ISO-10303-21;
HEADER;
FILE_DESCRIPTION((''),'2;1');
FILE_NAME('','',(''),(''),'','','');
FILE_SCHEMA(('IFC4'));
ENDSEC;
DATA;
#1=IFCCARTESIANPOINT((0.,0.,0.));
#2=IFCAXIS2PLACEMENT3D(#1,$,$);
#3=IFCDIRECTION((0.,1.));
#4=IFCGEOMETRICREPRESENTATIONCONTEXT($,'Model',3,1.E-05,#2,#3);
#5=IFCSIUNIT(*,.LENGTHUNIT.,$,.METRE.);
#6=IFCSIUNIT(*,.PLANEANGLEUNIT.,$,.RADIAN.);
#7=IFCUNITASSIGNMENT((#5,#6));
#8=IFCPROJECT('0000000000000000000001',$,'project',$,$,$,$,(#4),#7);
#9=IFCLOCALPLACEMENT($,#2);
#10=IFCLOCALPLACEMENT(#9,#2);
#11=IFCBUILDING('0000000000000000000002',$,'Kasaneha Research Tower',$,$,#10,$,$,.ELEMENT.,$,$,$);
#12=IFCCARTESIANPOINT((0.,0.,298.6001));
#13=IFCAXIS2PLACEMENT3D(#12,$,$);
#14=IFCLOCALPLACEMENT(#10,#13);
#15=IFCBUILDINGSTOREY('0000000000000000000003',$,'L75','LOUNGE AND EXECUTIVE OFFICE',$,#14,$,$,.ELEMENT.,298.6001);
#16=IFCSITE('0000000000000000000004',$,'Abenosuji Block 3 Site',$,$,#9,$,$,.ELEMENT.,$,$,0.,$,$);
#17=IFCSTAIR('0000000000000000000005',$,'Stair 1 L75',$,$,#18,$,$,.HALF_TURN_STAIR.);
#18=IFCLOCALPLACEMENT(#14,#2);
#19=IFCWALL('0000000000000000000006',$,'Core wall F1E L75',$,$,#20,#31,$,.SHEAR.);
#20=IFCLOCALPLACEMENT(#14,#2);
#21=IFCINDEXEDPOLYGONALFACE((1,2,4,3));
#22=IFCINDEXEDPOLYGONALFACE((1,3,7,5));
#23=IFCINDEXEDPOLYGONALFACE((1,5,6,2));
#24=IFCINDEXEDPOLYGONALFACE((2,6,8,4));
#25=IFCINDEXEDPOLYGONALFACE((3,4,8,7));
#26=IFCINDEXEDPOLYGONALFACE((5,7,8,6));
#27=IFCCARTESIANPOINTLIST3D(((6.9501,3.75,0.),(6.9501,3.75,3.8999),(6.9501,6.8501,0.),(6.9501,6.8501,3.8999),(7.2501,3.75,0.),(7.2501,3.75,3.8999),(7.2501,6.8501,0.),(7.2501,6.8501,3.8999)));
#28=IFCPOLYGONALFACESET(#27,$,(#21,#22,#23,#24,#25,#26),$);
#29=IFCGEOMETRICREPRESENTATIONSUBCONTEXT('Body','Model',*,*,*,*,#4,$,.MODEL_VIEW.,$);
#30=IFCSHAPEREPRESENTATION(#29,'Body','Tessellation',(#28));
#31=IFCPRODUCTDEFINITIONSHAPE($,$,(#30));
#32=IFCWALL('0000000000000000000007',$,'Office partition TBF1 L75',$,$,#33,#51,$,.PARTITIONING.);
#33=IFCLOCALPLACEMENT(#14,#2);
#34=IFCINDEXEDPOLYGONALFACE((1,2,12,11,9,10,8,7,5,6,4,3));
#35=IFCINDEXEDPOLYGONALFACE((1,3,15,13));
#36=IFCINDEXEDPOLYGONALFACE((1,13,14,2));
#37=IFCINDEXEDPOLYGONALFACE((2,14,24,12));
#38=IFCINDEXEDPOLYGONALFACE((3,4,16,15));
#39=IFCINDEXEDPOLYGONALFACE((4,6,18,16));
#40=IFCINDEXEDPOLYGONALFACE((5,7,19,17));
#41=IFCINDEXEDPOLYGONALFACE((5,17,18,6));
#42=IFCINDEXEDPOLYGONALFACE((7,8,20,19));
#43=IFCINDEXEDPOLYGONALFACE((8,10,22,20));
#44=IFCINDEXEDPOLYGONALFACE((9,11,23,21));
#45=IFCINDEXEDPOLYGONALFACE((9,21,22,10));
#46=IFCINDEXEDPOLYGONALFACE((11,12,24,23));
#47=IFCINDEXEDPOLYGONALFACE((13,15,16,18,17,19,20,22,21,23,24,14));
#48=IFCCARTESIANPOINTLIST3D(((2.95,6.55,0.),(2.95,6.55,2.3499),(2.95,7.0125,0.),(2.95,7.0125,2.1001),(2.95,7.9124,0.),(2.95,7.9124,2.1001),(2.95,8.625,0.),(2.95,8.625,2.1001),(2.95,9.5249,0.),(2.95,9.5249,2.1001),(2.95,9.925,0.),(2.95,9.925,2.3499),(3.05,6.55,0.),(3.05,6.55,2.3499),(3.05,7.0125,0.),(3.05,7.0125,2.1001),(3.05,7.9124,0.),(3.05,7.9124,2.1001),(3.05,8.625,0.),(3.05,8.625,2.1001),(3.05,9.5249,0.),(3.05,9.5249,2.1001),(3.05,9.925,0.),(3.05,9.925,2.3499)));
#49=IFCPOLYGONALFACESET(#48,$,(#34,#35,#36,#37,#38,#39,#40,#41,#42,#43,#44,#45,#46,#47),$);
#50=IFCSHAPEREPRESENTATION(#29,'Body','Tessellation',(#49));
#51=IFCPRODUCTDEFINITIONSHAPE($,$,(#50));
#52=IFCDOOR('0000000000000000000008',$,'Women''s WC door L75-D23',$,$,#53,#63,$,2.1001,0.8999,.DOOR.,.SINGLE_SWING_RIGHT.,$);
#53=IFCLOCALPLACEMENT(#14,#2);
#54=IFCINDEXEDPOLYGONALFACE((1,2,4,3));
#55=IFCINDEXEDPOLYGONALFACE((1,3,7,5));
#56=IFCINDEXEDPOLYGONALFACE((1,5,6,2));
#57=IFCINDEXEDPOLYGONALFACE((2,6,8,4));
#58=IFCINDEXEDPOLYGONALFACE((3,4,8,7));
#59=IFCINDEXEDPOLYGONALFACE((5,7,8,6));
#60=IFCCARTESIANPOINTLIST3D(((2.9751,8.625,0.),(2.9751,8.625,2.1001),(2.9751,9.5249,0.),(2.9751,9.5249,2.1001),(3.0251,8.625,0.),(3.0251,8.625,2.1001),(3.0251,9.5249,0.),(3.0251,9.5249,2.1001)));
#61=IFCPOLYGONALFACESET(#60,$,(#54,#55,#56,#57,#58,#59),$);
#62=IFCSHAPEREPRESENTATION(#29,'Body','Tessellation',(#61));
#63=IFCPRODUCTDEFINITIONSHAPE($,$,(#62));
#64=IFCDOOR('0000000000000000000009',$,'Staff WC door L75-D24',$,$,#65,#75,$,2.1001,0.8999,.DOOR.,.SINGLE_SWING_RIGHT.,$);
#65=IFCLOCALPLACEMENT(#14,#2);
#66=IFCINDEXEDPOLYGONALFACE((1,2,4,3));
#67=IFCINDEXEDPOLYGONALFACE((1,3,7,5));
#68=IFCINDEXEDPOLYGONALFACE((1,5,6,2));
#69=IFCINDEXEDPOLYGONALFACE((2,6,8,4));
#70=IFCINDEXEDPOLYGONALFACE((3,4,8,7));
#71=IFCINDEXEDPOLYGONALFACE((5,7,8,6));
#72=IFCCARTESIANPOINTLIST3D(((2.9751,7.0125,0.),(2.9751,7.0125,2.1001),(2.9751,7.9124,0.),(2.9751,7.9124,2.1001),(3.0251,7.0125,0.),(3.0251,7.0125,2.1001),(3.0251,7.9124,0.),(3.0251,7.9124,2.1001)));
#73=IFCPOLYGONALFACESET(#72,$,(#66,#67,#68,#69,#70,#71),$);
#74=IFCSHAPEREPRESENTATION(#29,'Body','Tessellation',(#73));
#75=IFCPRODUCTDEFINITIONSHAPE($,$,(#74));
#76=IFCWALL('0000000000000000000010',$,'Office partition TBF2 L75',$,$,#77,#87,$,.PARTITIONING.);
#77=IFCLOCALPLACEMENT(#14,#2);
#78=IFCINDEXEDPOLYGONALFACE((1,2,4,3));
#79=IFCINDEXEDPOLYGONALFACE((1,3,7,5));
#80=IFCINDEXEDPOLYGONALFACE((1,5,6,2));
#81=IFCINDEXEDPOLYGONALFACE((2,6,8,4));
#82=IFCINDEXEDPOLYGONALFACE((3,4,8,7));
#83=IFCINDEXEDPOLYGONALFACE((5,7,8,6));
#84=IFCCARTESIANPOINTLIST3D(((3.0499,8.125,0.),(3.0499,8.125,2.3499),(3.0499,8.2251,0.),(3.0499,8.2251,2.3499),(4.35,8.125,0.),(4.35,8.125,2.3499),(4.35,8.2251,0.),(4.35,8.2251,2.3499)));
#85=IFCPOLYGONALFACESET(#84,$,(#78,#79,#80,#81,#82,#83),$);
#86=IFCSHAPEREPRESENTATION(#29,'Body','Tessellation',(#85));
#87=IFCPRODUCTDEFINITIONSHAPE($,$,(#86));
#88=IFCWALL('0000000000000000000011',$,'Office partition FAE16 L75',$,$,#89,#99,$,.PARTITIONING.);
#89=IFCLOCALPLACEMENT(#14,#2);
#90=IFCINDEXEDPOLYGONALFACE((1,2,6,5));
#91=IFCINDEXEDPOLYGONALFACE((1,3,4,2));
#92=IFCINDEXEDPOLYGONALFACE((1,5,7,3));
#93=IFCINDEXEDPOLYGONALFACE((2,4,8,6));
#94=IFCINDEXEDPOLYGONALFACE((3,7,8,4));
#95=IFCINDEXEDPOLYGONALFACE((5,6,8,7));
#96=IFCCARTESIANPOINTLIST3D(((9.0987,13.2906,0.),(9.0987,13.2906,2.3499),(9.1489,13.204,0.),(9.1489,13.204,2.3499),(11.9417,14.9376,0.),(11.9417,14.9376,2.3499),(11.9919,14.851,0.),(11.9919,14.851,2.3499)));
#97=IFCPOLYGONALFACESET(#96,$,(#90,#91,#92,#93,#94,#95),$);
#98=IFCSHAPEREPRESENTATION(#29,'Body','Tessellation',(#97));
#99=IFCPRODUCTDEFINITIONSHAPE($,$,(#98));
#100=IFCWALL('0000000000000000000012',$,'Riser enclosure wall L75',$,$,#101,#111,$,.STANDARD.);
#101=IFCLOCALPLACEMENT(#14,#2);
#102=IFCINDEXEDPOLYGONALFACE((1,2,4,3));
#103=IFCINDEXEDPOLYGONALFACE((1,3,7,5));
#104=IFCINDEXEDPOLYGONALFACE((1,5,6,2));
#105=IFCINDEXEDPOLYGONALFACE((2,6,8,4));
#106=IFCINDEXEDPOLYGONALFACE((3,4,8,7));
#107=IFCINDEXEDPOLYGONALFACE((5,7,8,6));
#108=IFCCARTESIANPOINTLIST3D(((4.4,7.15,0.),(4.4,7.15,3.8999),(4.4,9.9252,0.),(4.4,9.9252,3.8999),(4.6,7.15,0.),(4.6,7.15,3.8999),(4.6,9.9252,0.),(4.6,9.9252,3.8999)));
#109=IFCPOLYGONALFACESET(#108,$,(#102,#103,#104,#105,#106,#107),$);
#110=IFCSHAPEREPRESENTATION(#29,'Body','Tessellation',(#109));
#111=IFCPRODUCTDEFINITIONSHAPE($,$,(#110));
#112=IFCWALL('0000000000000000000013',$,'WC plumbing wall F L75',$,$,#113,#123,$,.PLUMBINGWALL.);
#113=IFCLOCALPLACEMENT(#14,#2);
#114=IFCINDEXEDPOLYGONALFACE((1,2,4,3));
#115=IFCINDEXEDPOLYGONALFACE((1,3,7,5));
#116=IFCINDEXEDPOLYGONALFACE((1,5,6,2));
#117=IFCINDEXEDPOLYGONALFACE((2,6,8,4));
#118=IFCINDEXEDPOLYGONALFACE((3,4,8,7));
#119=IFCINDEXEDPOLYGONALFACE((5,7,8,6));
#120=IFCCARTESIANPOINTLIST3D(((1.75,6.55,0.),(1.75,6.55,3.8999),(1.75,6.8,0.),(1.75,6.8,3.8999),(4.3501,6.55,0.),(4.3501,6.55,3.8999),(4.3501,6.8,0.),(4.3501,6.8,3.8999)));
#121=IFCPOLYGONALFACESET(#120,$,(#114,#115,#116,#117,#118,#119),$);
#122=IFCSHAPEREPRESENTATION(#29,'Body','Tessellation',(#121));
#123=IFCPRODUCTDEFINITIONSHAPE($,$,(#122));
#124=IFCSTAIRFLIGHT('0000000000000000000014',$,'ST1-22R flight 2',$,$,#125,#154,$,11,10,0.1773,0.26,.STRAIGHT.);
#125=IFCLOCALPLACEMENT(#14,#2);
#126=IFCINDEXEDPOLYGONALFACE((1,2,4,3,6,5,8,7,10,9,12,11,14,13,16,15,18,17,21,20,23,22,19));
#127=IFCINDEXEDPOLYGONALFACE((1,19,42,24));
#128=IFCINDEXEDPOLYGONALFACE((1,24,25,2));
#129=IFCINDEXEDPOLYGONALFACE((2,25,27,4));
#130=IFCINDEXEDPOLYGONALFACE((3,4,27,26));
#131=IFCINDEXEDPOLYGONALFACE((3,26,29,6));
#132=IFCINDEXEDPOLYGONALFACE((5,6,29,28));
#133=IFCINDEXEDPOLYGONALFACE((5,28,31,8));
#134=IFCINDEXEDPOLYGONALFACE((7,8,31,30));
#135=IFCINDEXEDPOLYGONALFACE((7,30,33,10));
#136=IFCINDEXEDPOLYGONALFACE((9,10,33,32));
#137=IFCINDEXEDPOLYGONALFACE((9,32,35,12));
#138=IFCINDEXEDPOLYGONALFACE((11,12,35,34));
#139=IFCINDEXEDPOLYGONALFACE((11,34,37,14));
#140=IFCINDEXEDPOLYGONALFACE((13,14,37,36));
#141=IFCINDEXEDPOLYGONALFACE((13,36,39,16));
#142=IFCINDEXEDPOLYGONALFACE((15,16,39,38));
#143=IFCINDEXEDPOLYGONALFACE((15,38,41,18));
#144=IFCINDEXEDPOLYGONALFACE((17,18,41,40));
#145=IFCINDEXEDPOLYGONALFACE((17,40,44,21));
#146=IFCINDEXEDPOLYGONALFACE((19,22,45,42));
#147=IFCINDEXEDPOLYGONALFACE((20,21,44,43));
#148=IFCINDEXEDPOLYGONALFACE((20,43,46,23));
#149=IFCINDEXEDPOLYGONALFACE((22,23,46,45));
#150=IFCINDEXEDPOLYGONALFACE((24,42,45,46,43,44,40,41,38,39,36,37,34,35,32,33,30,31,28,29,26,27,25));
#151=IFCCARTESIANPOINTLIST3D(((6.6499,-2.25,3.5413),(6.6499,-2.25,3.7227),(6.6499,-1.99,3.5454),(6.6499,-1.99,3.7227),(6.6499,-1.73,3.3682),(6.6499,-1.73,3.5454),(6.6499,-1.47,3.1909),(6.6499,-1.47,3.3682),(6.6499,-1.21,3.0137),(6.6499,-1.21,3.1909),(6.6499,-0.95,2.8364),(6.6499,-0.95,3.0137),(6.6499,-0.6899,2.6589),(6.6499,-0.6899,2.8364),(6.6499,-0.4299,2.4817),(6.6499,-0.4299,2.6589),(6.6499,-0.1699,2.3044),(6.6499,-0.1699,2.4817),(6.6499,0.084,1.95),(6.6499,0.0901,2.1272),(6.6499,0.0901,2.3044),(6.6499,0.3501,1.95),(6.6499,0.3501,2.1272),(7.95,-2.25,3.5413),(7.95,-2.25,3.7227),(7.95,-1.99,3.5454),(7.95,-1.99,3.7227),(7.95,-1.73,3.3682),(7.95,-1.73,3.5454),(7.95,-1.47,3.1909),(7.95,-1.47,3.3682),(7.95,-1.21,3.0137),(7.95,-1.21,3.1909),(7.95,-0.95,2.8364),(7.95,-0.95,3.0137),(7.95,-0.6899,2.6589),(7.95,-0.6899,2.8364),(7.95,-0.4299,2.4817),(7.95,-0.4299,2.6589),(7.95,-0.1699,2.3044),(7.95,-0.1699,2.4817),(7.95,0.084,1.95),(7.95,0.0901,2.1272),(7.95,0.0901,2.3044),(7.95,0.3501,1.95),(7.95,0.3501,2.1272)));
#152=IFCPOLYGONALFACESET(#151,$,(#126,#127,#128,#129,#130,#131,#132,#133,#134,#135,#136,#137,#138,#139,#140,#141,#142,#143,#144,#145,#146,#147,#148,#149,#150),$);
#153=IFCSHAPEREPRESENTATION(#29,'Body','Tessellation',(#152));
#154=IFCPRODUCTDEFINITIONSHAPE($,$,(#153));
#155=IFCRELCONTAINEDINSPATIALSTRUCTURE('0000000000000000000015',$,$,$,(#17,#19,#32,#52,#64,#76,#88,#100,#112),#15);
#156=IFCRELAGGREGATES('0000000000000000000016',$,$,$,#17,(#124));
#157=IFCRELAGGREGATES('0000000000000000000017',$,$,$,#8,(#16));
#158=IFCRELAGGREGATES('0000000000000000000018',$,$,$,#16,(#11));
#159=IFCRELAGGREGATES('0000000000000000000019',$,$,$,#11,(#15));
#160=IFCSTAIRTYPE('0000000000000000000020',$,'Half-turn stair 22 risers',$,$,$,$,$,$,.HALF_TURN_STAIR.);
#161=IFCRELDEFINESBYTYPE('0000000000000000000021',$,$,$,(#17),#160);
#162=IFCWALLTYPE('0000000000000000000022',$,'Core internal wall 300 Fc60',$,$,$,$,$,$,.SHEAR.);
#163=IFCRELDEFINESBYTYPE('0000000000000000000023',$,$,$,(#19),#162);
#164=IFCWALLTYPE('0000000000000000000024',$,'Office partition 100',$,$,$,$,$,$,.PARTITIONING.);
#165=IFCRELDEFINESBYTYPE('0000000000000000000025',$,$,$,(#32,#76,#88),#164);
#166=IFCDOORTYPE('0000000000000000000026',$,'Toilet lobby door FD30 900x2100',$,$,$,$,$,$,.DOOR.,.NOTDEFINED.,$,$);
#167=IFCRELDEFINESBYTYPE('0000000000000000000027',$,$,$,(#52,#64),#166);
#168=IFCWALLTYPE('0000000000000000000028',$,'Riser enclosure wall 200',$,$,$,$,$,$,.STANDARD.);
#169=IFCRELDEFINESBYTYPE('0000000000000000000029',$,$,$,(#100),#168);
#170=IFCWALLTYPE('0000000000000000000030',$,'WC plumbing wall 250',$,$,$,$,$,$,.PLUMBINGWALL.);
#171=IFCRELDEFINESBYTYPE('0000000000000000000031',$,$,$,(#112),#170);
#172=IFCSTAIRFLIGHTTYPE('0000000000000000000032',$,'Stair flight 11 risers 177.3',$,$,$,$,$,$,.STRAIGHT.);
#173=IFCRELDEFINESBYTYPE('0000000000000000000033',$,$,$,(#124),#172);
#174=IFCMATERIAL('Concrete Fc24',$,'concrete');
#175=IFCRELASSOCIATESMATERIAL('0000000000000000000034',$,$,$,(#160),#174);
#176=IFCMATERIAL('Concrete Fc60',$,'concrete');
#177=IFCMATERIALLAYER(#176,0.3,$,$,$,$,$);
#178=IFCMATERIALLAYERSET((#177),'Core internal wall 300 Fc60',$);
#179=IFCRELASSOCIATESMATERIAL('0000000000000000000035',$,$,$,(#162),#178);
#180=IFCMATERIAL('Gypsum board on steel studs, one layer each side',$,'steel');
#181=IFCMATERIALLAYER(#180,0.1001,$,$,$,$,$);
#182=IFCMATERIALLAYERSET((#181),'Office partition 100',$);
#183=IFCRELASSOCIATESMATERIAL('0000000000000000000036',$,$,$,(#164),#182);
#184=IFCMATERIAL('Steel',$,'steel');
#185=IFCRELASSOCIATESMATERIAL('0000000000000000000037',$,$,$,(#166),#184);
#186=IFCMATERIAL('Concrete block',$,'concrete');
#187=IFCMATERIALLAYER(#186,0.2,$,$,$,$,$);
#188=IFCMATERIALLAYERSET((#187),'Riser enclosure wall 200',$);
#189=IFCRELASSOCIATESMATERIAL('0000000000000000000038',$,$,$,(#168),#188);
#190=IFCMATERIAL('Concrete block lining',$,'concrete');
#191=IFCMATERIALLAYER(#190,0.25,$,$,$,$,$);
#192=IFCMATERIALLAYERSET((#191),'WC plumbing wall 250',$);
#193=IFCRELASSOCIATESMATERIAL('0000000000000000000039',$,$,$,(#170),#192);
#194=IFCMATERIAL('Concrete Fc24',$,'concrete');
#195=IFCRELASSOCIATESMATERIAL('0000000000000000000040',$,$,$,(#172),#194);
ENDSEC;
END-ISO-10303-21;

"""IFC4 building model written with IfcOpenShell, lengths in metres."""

from ifc_helpers import new_model, si_unit, direction, frame, frame_2d, origin, place, context, subcontext, project, spatial, polyline, rectangle, outline, extrude, material, layer, layer_set, type_object, element, fill, aggregate, save


model = new_model("IFC4")

# Units and contexts
model_context = context("Model", 3, precision=1e-05, world=origin(), true_north=direction((0.0, 1.0)))
body_context = subcontext(model_context, "Body", "Model", "MODEL_VIEW")
ifc_project = project(units=[si_unit("LENGTHUNIT", "METRE"), si_unit("PLANEANGLEUNIT", "RADIAN")], contexts=[model_context])

# Site, building, storey
site_placement = place(None, origin())
site = spatial("IfcSite", under=ifc_project, at=site_placement, Name="Abenosuji Block 3 Site", CompositionType="ELEMENT", RefElevation=0.0)
building_placement = place(site_placement, origin())
building = spatial("IfcBuilding", under=site, at=building_placement, Name="Kasaneha Research Tower", CompositionType="ELEMENT")
storey_placement = place(building_placement, frame((0.0, 0.0, 298.6001)))
storey = spatial("IfcBuildingStorey", under=building, at=storey_placement, Name="L75", Description="LOUNGE AND EXECUTIVE OFFICE", CompositionType="ELEMENT", Elevation=298.6001)

# Stair
ifc_material_1 = material(Name="Concrete Fc24", Category="concrete")
stair_type = type_object("IfcStairType", Name="Half-turn stair 22 risers", PredefinedType="HALF_TURN_STAIR", material=ifc_material_1)
stair_1_placement = place(storey_placement, origin())
stair_1 = element("IfcStair", 1, at=stair_1_placement, inside=storey, type_object=stair_type, Name="Stair 1 L75", PredefinedType="HALF_TURN_STAIR")

# Shared definitions
ifc_material_2 = material(Name="Concrete Fc60", Category="concrete")
ifc_layer_1 = layer(ifc_material_2, 0.3)
ifc_layer_set_1 = layer_set([ifc_layer_1], Name="Core internal wall 300 Fc60")
wall_type_1 = type_object("IfcWallType", Name="Core internal wall 300 Fc60", PredefinedType="SHEAR", material=ifc_layer_set_1)

# Wall
wall_1_placement = place(storey_placement, frame((7.1001, 3.75, 0.0), z_axis=(0.0, 0.0, 1.0), x_axis=(0.0, 1.0, 0.0)))
element("IfcWall", 2, at=wall_1_placement, inside=storey, type_object=wall_type_1, Name="Core wall F1E L75", PredefinedType="SHEAR", context=body_context, shape_type="SweptSolid", body=[
    extrude(rectangle(XDim=3.1001, YDim=0.3, at=frame_2d((1.55, 0.0))), origin(), (0.0, 0.0, 1.0), 3.8999),
])

# Wall, openings, doors
ifc_material_3 = material(Name="Gypsum board on steel studs, one layer each side", Category="steel")
ifc_layer_2 = layer(ifc_material_3, 0.1001)
ifc_layer_set_2 = layer_set([ifc_layer_2], Name="Office partition 100")
wall_type_2 = type_object("IfcWallType", Name="Office partition 100", PredefinedType="PARTITIONING", material=ifc_layer_set_2)
wall_2_placement = place(storey_placement, frame((3.0, 6.55, 0.0), z_axis=(0.0, 0.0, 1.0), x_axis=(0.0, 1.0, 0.0)))
wall_2 = element("IfcWall", 3, at=wall_2_placement, inside=storey, type_object=wall_type_2, Name="Office partition TBF1 L75", PredefinedType="PARTITIONING", context=body_context, shape_type="SweptSolid", body=[
    extrude(rectangle(XDim=3.375, YDim=0.1001, at=frame_2d((1.6875, 0.0))), origin(), (0.0, 0.0, 1.0), 2.3499),
])
opening_1_placement = place(wall_2_placement, frame((2.075, 0.0, 0.0)))
opening_1 = element("IfcOpeningElement", 4, at=opening_1_placement, cuts=wall_2, PredefinedType="OPENING", context=body_context, shape_type="SweptSolid", body=[
    extrude(rectangle(XDim=0.8999, YDim=2.1001, at=frame_2d((0.45, 1.05))), frame((0.0, 0.0601, 0.0), z_axis=(0.0, -1.0, 0.0), x_axis=(1.0, 0.0, 0.0)), (0.0, 0.0, 1.0), 0.1201),
])
opening_2_placement = place(wall_2_placement, frame((0.4624, 0.0, 0.0)))
opening_2 = element("IfcOpeningElement", 5, at=opening_2_placement, cuts=wall_2, PredefinedType="OPENING", context=body_context, shape_type="SweptSolid", body=[
    extrude(rectangle(XDim=0.8999, YDim=2.1001, at=frame_2d((0.45, 1.05))), frame((0.0, 0.0601, 0.0), z_axis=(0.0, -1.0, 0.0), x_axis=(1.0, 0.0, 0.0)), (0.0, 0.0, 1.0), 0.1201),
])
ifc_material_4 = material(Name="Steel", Category="steel")
door_type_1 = type_object("IfcDoorType", Name="Toilet lobby door FD30 900x2100", OperationType="NOTDEFINED", PredefinedType="DOOR", material=ifc_material_4)
door_1_placement = place(opening_1_placement, origin())
door_1 = element("IfcDoor", 6, at=door_1_placement, inside=storey, type_object=door_type_1, Name="Women's WC door L75-D23", OperationType="SINGLE_SWING_RIGHT", OverallHeight=2.1001, OverallWidth=0.8999, PredefinedType="DOOR", context=body_context, shape_type="SweptSolid", body=[
    extrude(rectangle(XDim=0.8999, YDim=2.1001, at=frame_2d((0.45, 1.05))), frame((0.0, 0.0249, 0.0), z_axis=(0.0, -1.0, 0.0), x_axis=(1.0, 0.0, 0.0)), (0.0, 0.0, 1.0), 0.05),
])
fill(opening_1, door_1)
door_2_placement = place(opening_2_placement, origin())
door_2 = element("IfcDoor", 7, at=door_2_placement, inside=storey, type_object=door_type_1, Name="Staff WC door L75-D24", OperationType="SINGLE_SWING_RIGHT", OverallHeight=2.1001, OverallWidth=0.8999, PredefinedType="DOOR", context=body_context, shape_type="SweptSolid", body=[
    extrude(rectangle(XDim=0.8999, YDim=2.1001, at=frame_2d((0.45, 1.05))), frame((0.0, 0.0249, 0.0), z_axis=(0.0, -1.0, 0.0), x_axis=(1.0, 0.0, 0.0)), (0.0, 0.0, 1.0), 0.05),
])
fill(opening_2, door_2)

# Walls
wall_3_placement = place(storey_placement, frame((3.05, 8.175, 0.0), z_axis=(0.0, 0.0, 1.0), x_axis=(1.0, 0.0, 0.0)))
element("IfcWall", 8, at=wall_3_placement, inside=storey, type_object=wall_type_2, Name="Office partition TBF2 L75", PredefinedType="PARTITIONING", context=body_context, shape_type="SweptSolid", body=[
    extrude(rectangle(XDim=1.3, YDim=0.1001, at=frame_2d((0.6499, 0.0))), origin(), (0.0, 0.0, 1.0), 2.3499),
])
wall_4_placement = place(storey_placement, frame((9.1238, 13.2473, 0.0), z_axis=(0.0, 0.0, 1.0), x_axis=(0.865292, 0.501268, 0.0)))
element("IfcWall", 9, at=wall_4_placement, inside=storey, type_object=wall_type_2, Name="Office partition FAE16 L75", PredefinedType="PARTITIONING", context=body_context, shape_type="SweptSolid", body=[
    extrude(rectangle(XDim=3.2856, YDim=0.1001, at=frame_2d((1.6428, 0.0))), origin(), (0.0, 0.0, 1.0), 2.3499),
])
ifc_material_5 = material(Name="Concrete block", Category="concrete")
ifc_layer_3 = layer(ifc_material_5, 0.2)
ifc_layer_set_3 = layer_set([ifc_layer_3], Name="Riser enclosure wall 200")
wall_type_3 = type_object("IfcWallType", Name="Riser enclosure wall 200", PredefinedType="STANDARD", material=ifc_layer_set_3)
wall_5_placement = place(storey_placement, frame((4.5, 7.1499, 0.0), z_axis=(0.0, 0.0, 1.0), x_axis=(0.0, 1.0, 0.0)))
element("IfcWall", 10, at=wall_5_placement, inside=storey, type_object=wall_type_3, Name="Riser enclosure wall L75", PredefinedType="STANDARD", context=body_context, shape_type="SweptSolid", body=[
    extrude(rectangle(XDim=2.7751, YDim=0.2, at=frame_2d((1.3877, 0.0))), origin(), (0.0, 0.0, 1.0), 3.8999),
])
ifc_material_6 = material(Name="Concrete block lining", Category="concrete")
ifc_layer_4 = layer(ifc_material_6, 0.25)
ifc_layer_set_4 = layer_set([ifc_layer_4], Name="WC plumbing wall 250")
wall_type_4 = type_object("IfcWallType", Name="WC plumbing wall 250", PredefinedType="PLUMBINGWALL", material=ifc_layer_set_4)
wall_6_placement = place(storey_placement, frame((1.75, 6.675, 0.0), z_axis=(0.0, 0.0, 1.0), x_axis=(1.0, 0.0, 0.0)))
element("IfcWall", 11, at=wall_6_placement, inside=storey, type_object=wall_type_4, Name="WC plumbing wall F L75", PredefinedType="PLUMBINGWALL", context=body_context, shape_type="SweptSolid", body=[
    extrude(rectangle(XDim=2.6001, YDim=0.25, at=frame_2d((1.3, 0.0))), origin(), (0.0, 0.0, 1.0), 3.8999),
])

# Stair flight
ifc_material_7 = material(Name="Concrete Fc24", Category="concrete")
stair_flight_type = type_object("IfcStairFlightType", Name="Stair flight 11 risers 177.3", PredefinedType="STRAIGHT", material=ifc_material_7)
stair_flight_placement = place(storey_placement, frame((7.3, 0.3501, 1.95), z_axis=(0.0, 0.0, 1.0), x_axis=(0.0, -1.0, 0.0)))
stair_flight = element("IfcStairFlight", 12, at=stair_flight_placement, type_object=stair_flight_type, Name="ST1-22R flight 2", NumberOfRisers=11, NumberOfTreads=10, PredefinedType="STRAIGHT", RiserHeight=0.1773, TreadLength=0.26, context=body_context, shape_type="SweptSolid", body=[
    extrude(outline(polyline([(0.0, 0.0), (0.0, 0.1772), (0.26, 0.1772), (0.26, 0.3545), (0.52, 0.3545), (0.52, 0.5317), (0.78, 0.5317), (0.78, 0.709), (1.04, 0.709), (1.04, 0.8865), (1.3, 0.8865), (1.3, 1.0637), (1.5601, 1.0637), (1.5601, 1.241), (1.8201, 1.241), (1.8201, 1.4182), (2.0801, 1.4182), (2.0801, 1.5955), (2.3401, 1.5955), (2.3401, 1.7727), (2.6001, 1.7727), (2.6001, 1.95), (2.6001, 1.5913), (0.2661, 0.0), (0.0, 0.0)])), frame((0.0, 0.6499, 0.0), z_axis=(0.0, -1.0, 0.0), x_axis=(1.0, 0.0, 0.0)), (0.0, 0.0, 1.0), 1.3),
])
aggregate(stair_1, [stair_flight])

save(model, "model.ifc")
